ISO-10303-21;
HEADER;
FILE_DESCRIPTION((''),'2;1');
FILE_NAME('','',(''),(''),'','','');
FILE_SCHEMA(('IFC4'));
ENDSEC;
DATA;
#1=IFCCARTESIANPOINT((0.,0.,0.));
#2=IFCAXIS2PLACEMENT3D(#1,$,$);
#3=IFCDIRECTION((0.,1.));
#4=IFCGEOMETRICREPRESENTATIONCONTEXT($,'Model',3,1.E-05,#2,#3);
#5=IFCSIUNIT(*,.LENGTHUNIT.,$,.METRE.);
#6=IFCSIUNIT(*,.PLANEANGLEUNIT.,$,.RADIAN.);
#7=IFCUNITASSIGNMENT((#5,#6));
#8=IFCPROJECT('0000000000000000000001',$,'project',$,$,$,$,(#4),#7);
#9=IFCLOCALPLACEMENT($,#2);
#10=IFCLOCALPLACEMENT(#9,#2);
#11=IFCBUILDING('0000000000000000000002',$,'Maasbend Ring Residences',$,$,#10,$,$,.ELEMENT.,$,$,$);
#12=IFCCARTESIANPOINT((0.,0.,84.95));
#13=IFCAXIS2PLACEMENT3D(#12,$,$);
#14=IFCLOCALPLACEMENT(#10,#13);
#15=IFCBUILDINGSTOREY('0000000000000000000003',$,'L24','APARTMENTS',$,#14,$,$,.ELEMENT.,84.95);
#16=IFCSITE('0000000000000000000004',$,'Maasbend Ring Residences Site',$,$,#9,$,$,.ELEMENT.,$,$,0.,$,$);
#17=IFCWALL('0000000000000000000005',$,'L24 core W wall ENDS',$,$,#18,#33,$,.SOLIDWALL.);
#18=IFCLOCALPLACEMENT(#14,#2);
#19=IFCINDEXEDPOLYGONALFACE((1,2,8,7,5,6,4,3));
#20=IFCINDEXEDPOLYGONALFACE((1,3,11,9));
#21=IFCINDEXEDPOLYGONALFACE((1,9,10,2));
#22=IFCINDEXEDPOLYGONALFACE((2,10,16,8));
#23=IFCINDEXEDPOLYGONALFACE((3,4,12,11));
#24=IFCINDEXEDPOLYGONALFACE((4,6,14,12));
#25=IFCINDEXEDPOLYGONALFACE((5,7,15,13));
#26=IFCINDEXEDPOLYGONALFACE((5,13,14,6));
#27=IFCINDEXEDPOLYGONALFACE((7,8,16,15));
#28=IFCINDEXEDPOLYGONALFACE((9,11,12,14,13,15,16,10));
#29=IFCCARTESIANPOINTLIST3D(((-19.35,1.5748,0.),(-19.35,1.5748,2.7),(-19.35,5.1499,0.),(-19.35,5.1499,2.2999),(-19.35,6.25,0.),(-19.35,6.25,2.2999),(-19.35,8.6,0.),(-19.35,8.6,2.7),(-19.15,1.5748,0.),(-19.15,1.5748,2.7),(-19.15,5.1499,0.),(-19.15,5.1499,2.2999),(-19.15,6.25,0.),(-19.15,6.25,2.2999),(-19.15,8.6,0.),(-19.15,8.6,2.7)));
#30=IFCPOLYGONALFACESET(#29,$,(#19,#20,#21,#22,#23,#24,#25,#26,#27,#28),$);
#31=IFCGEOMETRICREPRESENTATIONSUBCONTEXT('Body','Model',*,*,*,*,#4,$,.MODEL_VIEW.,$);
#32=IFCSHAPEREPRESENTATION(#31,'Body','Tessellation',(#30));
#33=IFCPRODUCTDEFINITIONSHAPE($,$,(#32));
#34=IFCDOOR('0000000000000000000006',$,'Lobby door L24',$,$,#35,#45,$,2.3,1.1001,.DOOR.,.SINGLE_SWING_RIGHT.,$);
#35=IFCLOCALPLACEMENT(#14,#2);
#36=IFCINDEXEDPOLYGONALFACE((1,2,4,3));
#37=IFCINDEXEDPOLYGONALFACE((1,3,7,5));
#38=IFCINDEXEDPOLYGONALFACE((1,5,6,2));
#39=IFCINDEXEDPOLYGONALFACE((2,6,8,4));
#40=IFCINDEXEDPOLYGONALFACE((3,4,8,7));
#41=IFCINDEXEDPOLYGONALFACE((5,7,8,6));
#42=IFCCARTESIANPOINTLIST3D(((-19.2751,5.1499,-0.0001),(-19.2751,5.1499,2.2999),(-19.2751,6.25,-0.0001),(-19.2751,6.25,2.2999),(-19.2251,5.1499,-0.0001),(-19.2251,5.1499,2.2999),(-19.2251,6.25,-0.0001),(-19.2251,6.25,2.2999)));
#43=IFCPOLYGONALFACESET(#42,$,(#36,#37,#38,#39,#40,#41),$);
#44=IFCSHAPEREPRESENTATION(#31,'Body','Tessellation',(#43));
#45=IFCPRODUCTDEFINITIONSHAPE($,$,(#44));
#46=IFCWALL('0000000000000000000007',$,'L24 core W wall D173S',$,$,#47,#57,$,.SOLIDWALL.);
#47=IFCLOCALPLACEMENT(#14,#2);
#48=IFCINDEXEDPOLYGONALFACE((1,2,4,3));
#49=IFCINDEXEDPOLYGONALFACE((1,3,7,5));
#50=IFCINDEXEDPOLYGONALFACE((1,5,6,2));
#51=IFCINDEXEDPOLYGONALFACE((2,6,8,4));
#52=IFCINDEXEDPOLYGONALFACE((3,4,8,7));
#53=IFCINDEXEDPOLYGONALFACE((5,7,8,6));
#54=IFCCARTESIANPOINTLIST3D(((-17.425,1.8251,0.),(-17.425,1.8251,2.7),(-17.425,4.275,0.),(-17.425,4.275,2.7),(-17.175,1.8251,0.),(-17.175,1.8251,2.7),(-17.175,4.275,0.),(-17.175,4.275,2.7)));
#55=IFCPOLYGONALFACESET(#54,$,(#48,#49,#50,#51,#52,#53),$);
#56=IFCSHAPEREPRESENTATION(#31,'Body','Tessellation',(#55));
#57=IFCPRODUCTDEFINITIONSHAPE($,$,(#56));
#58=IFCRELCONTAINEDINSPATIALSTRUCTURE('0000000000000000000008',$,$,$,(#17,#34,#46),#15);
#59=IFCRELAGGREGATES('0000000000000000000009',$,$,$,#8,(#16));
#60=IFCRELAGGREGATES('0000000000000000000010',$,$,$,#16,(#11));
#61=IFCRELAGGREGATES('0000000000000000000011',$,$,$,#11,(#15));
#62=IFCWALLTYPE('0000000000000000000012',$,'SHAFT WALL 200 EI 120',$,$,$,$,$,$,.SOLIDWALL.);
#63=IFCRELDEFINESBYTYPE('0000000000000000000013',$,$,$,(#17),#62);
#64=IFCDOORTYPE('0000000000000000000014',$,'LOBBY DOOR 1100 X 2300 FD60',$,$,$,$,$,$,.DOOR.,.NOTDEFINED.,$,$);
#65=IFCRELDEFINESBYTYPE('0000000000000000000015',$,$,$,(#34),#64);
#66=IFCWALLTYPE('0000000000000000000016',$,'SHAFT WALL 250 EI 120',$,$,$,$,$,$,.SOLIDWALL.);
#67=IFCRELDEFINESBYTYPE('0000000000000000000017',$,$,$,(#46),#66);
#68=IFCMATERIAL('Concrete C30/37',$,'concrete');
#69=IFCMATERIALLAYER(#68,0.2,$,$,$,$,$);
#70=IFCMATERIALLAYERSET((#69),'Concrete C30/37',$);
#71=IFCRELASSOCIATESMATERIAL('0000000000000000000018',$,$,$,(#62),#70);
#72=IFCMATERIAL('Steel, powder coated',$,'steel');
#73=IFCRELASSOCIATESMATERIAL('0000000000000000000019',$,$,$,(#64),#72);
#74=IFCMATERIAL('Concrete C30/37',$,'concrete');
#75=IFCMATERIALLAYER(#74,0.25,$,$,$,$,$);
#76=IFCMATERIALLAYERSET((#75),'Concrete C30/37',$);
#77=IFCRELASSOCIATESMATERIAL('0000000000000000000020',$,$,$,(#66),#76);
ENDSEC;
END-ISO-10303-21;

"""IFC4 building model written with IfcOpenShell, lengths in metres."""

from ifc_helpers import new_model, si_unit, direction, frame, frame_2d, origin, place, context, subcontext, project, spatial, rectangle, extrude, material, layer, layer_set, type_object, element, fill, save


model = new_model("IFC4")

# Units and contexts
model_context = context("Model", 3, precision=1e-05, world=origin(), true_north=direction((0.0, 1.0)))
body_context = subcontext(model_context, "Body", "Model", "MODEL_VIEW")
ifc_project = project(units=[si_unit("LENGTHUNIT", "METRE"), si_unit("PLANEANGLEUNIT", "RADIAN")], contexts=[model_context])

# Site, building, storey
site_placement = place(None, origin())
site = spatial("IfcSite", under=ifc_project, at=site_placement, Name="Maasbend Ring Residences Site", CompositionType="ELEMENT", RefElevation=0.0)
building_placement = place(site_placement, origin())
building = spatial("IfcBuilding", under=site, at=building_placement, Name="Maasbend Ring Residences", CompositionType="ELEMENT")
storey_placement = place(building_placement, frame((0.0, 0.0, 84.95)))
storey = spatial("IfcBuildingStorey", under=building, at=storey_placement, Name="L24", Description="APARTMENTS", CompositionType="ELEMENT", Elevation=84.95)

# Wall, opening, door
ifc_material_1 = material(Name="Concrete C30/37", Category="concrete")
ifc_layer_1 = layer(ifc_material_1, 0.2)
ifc_layer_set_1 = layer_set([ifc_layer_1], Name="Concrete C30/37")
wall_type_1 = type_object("IfcWallType", Name="SHAFT WALL 200 EI 120", PredefinedType="SOLIDWALL", material=ifc_layer_set_1)
wall_1_placement = place(storey_placement, frame((-19.25, 8.6001, 0.0), z_axis=(0.0, 0.0, 1.0), x_axis=(0.0, -1.0, 0.0)))
wall_1 = element("IfcWall", 1, at=wall_1_placement, inside=storey, type_object=wall_type_1, Name="L24 core W wall ENDS", PredefinedType="SOLIDWALL", context=body_context, shape_type="SweptSolid", body=[
    extrude(rectangle(XDim=7.0251, YDim=0.2, at=frame_2d((3.5127, 0.0))), origin(), (0.0, 0.0, 1.0), 2.7),
])
opening_1_placement = place(wall_1_placement, frame((2.3501, 0.0, 0.0)))
opening_1 = element("IfcOpeningElement", 2, at=opening_1_placement, cuts=wall_1, PredefinedType="OPENING", context=body_context, shape_type="SweptSolid", body=[
    extrude(rectangle(XDim=1.1001, YDim=2.3, at=frame_2d((0.55, 1.1499))), frame((0.0, 0.1099, 0.0), z_axis=(0.0, -1.0, 0.0), x_axis=(1.0, 0.0, 0.0)), (0.0, 0.0, 1.0), 0.22),
])
ifc_material_2 = material(Name="Steel, powder coated", Category="steel")
door_type_1 = type_object("IfcDoorType", Name="LOBBY DOOR 1100 X 2300 FD60", OperationType="NOTDEFINED", PredefinedType="DOOR", material=ifc_material_2)
door_1_placement = place(opening_1_placement, origin())
door_1 = element("IfcDoor", 3, at=door_1_placement, inside=storey, type_object=door_type_1, Name="Lobby door L24", OperationType="SINGLE_SWING_RIGHT", OverallHeight=2.3, OverallWidth=1.1001, PredefinedType="DOOR", context=body_context, shape_type="SweptSolid", body=[
    extrude(rectangle(XDim=1.1001, YDim=2.3, at=frame_2d((0.55, 1.1499))), frame((0.0, 0.0249, 0.0), z_axis=(0.0, -1.0, 0.0), x_axis=(1.0, 0.0, 0.0)), (0.0, 0.0, 1.0), 0.05),
])
fill(opening_1, door_1)

# Wall
ifc_material_3 = material(Name="Concrete C30/37", Category="concrete")
ifc_layer_2 = layer(ifc_material_3, 0.25)
ifc_layer_set_2 = layer_set([ifc_layer_2], Name="Concrete C30/37")
wall_type_2 = type_object("IfcWallType", Name="SHAFT WALL 250 EI 120", PredefinedType="SOLIDWALL", material=ifc_layer_set_2)
wall_2_placement = place(storey_placement, frame((-17.3, 1.825, 0.0), z_axis=(0.0, 0.0, 1.0), x_axis=(0.0, 1.0, 0.0)))
element("IfcWall", 4, at=wall_2_placement, inside=storey, type_object=wall_type_2, Name="L24 core W wall D173S", PredefinedType="SOLIDWALL", context=body_context, shape_type="SweptSolid", body=[
    extrude(rectangle(XDim=2.45, YDim=0.25, at=frame_2d((1.2251, 0.0))), origin(), (0.0, 0.0, 1.0), 2.7),
])

save(model, "model.ifc")
